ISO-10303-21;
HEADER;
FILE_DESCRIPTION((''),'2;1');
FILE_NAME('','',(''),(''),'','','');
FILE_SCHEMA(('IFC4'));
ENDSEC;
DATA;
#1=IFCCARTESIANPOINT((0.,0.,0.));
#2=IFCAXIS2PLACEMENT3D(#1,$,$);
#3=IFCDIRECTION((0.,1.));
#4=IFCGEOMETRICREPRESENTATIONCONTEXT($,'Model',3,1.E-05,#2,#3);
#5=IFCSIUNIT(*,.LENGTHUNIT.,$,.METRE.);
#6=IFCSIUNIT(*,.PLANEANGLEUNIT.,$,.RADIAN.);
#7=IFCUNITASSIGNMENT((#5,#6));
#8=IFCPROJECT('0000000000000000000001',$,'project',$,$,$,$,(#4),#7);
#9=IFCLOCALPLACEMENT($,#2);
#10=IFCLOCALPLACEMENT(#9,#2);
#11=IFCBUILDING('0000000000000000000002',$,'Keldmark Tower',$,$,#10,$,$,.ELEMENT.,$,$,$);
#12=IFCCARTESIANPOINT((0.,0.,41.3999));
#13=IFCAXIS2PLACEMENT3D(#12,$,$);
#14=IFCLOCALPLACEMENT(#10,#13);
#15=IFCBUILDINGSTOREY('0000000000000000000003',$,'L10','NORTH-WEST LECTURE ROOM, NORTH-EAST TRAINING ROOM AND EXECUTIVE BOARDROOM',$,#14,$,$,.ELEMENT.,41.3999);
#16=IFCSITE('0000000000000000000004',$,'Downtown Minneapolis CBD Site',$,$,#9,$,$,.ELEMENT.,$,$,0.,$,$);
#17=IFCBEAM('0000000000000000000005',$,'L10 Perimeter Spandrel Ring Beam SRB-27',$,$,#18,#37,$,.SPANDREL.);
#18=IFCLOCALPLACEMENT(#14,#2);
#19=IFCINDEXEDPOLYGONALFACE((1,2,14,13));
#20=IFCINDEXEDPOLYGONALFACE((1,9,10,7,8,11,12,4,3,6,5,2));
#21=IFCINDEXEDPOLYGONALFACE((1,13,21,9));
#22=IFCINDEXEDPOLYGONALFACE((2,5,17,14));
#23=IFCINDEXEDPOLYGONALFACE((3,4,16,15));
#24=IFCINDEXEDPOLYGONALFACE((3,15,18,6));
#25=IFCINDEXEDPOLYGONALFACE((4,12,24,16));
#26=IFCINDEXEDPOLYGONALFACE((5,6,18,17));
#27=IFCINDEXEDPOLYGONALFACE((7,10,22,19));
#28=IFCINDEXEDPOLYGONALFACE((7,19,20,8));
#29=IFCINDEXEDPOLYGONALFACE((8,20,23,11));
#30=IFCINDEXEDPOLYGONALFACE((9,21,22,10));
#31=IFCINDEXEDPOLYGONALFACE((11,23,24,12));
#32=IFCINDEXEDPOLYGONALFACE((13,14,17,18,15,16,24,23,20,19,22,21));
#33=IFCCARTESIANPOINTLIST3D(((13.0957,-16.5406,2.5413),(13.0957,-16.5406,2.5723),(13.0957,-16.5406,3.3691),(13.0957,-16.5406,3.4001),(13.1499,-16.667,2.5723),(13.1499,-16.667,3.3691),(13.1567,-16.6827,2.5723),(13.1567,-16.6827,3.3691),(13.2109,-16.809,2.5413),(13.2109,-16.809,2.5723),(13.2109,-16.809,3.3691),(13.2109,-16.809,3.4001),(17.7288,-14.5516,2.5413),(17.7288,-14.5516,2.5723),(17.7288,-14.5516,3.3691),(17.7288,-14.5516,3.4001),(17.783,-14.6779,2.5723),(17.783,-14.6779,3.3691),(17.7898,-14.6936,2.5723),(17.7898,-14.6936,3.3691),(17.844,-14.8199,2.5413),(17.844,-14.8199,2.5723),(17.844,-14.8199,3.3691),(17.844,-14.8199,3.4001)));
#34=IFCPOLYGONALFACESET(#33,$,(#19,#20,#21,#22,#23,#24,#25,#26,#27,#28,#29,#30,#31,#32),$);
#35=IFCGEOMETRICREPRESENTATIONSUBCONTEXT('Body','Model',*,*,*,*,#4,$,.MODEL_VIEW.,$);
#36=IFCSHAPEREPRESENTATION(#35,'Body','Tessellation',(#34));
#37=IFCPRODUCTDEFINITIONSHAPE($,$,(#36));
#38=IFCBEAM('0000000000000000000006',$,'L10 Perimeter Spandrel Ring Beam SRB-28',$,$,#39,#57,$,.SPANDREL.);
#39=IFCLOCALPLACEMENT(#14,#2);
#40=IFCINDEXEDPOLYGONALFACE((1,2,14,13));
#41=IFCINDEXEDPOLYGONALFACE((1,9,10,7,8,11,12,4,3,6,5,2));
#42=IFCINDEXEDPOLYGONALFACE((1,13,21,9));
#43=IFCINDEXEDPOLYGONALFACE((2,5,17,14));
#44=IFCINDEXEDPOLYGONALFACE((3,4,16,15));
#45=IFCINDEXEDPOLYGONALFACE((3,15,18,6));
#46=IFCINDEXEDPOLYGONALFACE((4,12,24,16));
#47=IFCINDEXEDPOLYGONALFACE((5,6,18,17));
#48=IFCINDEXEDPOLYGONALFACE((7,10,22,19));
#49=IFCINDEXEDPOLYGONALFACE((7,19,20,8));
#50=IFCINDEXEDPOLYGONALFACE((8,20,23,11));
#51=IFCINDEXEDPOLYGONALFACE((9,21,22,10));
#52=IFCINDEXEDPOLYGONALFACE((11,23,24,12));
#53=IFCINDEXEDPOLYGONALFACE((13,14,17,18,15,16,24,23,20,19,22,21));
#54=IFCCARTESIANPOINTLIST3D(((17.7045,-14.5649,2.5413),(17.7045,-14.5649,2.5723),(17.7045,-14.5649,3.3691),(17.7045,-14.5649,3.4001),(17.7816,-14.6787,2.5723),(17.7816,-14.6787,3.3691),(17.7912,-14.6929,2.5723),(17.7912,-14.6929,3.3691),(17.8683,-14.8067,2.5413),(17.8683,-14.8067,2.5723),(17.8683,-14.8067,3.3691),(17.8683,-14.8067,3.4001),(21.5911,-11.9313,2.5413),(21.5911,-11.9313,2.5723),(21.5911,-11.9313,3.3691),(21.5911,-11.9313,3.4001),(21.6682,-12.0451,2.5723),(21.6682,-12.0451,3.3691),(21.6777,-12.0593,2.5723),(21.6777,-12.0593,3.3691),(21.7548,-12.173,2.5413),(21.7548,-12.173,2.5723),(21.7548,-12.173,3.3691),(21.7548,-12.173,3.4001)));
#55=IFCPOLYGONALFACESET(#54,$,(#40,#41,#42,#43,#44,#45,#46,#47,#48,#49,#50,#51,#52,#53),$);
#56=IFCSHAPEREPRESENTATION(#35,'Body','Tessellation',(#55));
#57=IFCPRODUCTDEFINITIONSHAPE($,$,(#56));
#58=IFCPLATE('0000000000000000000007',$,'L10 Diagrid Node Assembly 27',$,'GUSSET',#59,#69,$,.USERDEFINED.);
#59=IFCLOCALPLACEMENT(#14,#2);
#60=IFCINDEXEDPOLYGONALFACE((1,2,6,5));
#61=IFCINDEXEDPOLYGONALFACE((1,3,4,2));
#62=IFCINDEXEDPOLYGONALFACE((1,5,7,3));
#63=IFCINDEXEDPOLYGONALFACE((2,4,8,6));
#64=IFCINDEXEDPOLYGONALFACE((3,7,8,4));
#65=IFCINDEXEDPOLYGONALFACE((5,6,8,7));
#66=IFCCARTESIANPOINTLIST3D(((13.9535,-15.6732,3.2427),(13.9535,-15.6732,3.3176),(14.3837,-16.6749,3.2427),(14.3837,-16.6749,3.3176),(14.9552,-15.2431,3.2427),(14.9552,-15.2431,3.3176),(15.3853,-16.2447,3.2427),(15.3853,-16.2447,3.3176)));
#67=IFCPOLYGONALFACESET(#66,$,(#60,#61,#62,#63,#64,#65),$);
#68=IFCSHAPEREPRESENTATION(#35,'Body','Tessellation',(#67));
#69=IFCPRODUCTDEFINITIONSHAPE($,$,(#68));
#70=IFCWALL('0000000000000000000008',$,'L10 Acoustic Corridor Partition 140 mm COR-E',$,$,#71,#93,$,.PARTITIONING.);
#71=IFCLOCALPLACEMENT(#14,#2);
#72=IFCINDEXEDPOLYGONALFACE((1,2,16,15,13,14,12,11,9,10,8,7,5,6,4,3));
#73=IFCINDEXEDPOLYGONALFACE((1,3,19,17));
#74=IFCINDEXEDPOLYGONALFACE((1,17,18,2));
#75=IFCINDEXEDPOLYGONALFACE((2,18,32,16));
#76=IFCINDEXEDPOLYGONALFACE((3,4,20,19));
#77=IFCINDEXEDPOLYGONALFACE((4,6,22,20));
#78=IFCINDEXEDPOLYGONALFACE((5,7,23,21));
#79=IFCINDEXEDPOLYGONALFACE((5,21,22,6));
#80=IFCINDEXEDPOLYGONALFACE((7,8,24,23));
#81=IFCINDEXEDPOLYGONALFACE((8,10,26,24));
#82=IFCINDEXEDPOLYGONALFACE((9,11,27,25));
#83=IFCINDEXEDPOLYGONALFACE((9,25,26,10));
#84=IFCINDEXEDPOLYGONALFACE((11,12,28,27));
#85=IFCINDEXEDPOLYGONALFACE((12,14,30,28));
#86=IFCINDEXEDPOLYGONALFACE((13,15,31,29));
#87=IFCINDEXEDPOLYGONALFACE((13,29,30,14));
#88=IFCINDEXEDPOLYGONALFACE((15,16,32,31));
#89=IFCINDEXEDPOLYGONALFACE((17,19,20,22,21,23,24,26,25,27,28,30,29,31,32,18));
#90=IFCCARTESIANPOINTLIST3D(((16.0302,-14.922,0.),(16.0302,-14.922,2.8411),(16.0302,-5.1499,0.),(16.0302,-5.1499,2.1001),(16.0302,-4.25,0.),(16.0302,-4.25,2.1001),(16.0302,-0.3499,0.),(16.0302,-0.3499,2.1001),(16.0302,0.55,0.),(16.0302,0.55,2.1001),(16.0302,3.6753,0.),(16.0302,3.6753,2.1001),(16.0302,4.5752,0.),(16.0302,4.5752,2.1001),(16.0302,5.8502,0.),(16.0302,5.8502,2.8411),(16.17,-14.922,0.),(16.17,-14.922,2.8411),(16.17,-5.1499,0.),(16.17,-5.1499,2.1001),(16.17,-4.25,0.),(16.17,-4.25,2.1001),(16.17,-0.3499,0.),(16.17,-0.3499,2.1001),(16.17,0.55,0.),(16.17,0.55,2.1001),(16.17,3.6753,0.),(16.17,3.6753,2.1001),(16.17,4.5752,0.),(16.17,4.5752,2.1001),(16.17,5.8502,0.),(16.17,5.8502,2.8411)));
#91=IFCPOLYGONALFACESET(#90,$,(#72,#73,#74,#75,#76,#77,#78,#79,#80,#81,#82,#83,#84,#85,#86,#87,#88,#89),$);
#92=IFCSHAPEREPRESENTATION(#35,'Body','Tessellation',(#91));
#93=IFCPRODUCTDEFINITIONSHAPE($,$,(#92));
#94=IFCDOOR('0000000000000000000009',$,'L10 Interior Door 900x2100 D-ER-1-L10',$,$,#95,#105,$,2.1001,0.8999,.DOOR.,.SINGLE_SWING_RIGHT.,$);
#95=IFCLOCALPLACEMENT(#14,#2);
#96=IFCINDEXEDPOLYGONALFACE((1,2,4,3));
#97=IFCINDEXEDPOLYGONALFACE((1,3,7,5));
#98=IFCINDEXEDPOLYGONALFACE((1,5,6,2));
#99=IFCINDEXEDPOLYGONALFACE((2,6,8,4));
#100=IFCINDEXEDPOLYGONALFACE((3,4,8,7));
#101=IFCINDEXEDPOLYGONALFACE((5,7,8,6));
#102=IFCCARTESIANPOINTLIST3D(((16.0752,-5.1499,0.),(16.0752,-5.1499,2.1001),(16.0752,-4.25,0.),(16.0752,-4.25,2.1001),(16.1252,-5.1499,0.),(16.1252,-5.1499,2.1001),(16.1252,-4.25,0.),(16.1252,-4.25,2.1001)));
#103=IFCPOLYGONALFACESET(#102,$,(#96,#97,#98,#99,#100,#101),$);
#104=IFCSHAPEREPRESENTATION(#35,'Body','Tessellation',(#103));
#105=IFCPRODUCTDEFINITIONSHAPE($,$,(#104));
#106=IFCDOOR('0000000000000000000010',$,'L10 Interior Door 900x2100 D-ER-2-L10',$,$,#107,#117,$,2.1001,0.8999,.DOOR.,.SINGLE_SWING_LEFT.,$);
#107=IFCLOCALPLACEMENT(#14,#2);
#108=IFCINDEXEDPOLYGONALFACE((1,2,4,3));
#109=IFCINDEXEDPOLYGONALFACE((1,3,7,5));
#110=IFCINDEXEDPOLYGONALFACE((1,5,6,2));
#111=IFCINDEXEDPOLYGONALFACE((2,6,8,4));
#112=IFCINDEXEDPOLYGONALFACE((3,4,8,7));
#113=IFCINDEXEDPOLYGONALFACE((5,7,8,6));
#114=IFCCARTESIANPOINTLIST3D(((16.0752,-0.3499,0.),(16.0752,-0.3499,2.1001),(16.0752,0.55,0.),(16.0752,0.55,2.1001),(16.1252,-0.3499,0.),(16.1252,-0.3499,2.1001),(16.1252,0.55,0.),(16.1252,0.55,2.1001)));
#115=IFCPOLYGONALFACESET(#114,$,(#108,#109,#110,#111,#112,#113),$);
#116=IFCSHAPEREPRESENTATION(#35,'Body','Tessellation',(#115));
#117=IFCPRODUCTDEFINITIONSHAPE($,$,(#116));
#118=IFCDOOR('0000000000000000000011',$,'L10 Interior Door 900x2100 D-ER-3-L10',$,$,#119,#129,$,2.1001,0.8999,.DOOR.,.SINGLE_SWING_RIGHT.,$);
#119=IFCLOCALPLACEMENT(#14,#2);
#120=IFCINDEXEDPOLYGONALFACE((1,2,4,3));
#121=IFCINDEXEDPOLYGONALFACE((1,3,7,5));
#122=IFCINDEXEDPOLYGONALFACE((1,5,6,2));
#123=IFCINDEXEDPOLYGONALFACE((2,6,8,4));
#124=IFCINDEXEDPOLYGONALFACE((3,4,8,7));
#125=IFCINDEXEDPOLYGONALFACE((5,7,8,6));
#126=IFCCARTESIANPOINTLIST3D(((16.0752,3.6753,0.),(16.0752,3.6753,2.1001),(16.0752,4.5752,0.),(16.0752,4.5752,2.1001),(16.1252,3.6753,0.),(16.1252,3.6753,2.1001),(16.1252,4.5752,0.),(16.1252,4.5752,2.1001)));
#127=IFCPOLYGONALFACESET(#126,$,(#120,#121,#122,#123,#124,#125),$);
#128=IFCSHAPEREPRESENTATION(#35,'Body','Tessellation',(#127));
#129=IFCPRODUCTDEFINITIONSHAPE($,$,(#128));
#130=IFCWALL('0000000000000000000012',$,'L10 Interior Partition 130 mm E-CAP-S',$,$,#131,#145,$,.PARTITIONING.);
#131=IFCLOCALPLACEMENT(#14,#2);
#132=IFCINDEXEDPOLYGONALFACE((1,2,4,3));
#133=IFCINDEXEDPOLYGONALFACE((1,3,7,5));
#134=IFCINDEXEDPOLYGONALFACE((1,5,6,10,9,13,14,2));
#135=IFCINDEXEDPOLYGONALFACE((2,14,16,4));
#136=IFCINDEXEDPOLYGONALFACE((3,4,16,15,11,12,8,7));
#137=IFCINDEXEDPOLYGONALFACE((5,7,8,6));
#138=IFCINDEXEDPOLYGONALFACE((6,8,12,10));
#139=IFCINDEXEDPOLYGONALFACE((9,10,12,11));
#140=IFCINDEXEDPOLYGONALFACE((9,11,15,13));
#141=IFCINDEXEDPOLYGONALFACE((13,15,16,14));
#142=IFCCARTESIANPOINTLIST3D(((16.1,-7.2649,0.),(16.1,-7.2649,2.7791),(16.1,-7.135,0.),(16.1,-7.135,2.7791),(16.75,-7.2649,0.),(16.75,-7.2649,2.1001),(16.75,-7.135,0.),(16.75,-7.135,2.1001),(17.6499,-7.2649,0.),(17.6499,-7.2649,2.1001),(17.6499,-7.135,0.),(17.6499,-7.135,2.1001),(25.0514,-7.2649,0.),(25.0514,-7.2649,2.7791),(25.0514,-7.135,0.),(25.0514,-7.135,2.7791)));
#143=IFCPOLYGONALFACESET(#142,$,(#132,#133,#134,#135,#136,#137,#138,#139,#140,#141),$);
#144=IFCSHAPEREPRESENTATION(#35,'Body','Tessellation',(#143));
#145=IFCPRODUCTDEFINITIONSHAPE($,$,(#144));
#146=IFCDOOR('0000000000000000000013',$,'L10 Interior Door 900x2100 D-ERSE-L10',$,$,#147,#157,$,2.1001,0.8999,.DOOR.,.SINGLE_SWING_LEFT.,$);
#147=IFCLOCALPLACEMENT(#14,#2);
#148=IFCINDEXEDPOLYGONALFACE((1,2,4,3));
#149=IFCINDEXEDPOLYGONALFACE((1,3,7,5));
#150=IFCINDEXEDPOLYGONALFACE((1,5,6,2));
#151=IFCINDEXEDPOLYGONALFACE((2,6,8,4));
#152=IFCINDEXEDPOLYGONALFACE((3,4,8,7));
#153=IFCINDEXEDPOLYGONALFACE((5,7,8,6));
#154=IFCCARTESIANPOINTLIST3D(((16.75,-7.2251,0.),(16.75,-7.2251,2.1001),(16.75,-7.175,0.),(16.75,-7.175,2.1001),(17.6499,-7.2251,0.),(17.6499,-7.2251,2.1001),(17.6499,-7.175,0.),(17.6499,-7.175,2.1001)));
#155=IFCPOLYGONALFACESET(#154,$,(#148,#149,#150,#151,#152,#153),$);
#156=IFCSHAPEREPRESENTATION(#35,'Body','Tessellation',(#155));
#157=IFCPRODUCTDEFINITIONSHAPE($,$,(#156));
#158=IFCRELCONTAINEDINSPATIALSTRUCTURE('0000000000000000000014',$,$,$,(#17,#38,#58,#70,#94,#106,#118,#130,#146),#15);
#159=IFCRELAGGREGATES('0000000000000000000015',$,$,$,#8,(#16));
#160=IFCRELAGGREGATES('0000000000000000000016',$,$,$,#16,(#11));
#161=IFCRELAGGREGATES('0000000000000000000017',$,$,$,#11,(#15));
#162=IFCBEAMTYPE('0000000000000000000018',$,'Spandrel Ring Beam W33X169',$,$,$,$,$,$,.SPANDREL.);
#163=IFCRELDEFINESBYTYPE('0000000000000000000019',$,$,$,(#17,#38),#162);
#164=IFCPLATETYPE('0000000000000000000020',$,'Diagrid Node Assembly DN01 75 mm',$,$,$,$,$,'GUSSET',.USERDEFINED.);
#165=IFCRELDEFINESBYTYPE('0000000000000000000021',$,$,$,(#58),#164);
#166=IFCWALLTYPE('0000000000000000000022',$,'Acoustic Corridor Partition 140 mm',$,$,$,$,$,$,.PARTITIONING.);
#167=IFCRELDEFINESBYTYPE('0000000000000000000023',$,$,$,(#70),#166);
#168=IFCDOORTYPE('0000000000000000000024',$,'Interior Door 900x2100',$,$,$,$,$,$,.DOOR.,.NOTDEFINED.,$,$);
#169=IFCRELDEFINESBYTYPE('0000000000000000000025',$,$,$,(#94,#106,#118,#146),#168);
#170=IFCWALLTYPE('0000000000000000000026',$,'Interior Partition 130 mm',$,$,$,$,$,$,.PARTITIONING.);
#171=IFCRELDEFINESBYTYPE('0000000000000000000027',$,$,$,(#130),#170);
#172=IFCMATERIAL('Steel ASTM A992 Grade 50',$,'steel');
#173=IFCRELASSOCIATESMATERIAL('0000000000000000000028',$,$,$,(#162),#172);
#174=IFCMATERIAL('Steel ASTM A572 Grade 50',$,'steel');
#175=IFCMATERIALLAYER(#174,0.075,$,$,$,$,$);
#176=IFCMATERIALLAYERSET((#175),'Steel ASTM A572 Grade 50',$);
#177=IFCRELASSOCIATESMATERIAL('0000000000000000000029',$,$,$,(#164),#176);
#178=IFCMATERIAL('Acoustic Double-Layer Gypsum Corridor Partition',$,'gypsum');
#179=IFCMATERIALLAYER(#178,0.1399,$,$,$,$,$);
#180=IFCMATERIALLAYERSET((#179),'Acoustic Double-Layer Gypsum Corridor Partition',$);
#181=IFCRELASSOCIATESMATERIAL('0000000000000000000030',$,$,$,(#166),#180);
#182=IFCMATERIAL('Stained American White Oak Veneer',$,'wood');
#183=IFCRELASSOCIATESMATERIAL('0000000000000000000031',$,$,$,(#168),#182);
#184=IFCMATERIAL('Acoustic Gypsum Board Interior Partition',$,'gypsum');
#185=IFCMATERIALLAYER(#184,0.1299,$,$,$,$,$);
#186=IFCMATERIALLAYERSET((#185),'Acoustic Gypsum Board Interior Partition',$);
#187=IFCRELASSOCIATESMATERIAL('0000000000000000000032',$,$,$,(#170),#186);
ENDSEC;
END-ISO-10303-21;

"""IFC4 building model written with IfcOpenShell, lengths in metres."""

from ifc_helpers import new_model, si_unit, direction, frame, frame_2d, origin, origin_2d, place, context, subcontext, project, spatial, rectangle, i_section, extrude, material, layer, layer_set, material_profile, profile_set, type_object, element, fill, save


model = new_model("IFC4")

# Units and contexts
model_context = context("Model", 3, precision=1e-05, world=origin(), true_north=direction((0.0, 1.0)))
body_context = subcontext(model_context, "Body", "Model", "MODEL_VIEW")
ifc_project = project(units=[si_unit("LENGTHUNIT", "METRE"), si_unit("PLANEANGLEUNIT", "RADIAN")], contexts=[model_context])

# Site, building, storey
site_placement = place(None, origin())
site = spatial("IfcSite", under=ifc_project, at=site_placement, Name="Downtown Minneapolis CBD Site", CompositionType="ELEMENT", RefElevation=0.0)
building_placement = place(site_placement, origin())
building = spatial("IfcBuilding", under=site, at=building_placement, Name="Keldmark Tower", CompositionType="ELEMENT")
storey_placement = place(building_placement, frame((0.0, 0.0, 41.3999)))
storey = spatial("IfcBuildingStorey", under=building, at=storey_placement, Name="L10", Description="NORTH-WEST LECTURE ROOM, NORTH-EAST TRAINING ROOM AND EXECUTIVE BOARDROOM", CompositionType="ELEMENT", Elevation=41.3999)

# Beams
ifc_material_1 = material(Name="Steel ASTM A992 Grade 50", Category="steel")
ifc_material_profile_1 = material_profile(ifc_material_1, i_section(OverallWidth=0.292, OverallDepth=0.8589, WebThickness=0.0171, FlangeThickness=0.031, at=origin_2d()), Name="W33X169")
ifc_profile_set_1 = profile_set([ifc_material_profile_1], Name="Steel ASTM A992 Grade 50")
beam_type_1 = type_object("IfcBeamType", Name="Spandrel Ring Beam W33X169", PredefinedType="SPANDREL", material=ifc_profile_set_1)
beam_1_placement = place(storey_placement, frame((13.1533, -16.6748, 2.9707), z_axis=(0.918899, 0.394492, 0.0), x_axis=(-0.394492, 0.918899, 0.0)))
element("IfcBeam", 1, at=beam_1_placement, inside=storey, type_object=beam_type_1, Name="L10 Perimeter Spandrel Ring Beam SRB-27", PredefinedType="SPANDREL", context=body_context, shape_type="SweptSolid", body=[
    extrude(i_section(OverallWidth=0.292, OverallDepth=0.8589, WebThickness=0.0171, FlangeThickness=0.031, at=origin_2d()), origin(), (0.0, 0.0, 1.0), 5.042),
])
beam_2_placement = place(storey_placement, frame((17.7864, -14.6858, 2.9707), z_axis=(0.827842, 0.560961, 0.0), x_axis=(-0.560961, 0.827842, 0.0)))
element("IfcBeam", 2, at=beam_2_placement, inside=storey, type_object=beam_type_1, Name="L10 Perimeter Spandrel Ring Beam SRB-28", PredefinedType="SPANDREL", context=body_context, shape_type="SweptSolid", body=[
    extrude(i_section(OverallWidth=0.292, OverallDepth=0.8589, WebThickness=0.0171, FlangeThickness=0.031, at=origin_2d()), origin(), (0.0, 0.0, 1.0), 4.6948),
])

# Plate
ifc_material_2 = material(Name="Steel ASTM A572 Grade 50", Category="steel")
ifc_layer_1 = layer(ifc_material_2, 0.075)
ifc_layer_set_1 = layer_set([ifc_layer_1], Name="Steel ASTM A572 Grade 50")
plate_type = type_object("IfcPlateType", Name="Diagrid Node Assembly DN01 75 mm", ElementType="GUSSET", PredefinedType="USERDEFINED", material=ifc_layer_set_1)
plate_placement = place(storey_placement, frame((14.6694, -15.959, 3.2427), z_axis=(0.0, 0.0, 1.0), x_axis=(0.91886, 0.394583, 0.0)))
element("IfcPlate", 3, at=plate_placement, inside=storey, type_object=plate_type, Name="L10 Diagrid Node Assembly 27", ObjectType="GUSSET", PredefinedType="USERDEFINED", context=body_context, shape_type="SweptSolid", body=[
    extrude(rectangle(XDim=1.0901, YDim=1.0901, at=origin_2d()), origin(), (0.0, 0.0, 1.0), 0.075),
])

# Wall, openings, doors
ifc_material_3 = material(Name="Acoustic Double-Layer Gypsum Corridor Partition", Category="gypsum")
ifc_layer_2 = layer(ifc_material_3, 0.1399)
ifc_layer_set_2 = layer_set([ifc_layer_2], Name="Acoustic Double-Layer Gypsum Corridor Partition")
wall_type_1 = type_object("IfcWallType", Name="Acoustic Corridor Partition 140 mm", PredefinedType="PARTITIONING", material=ifc_layer_set_2)
wall_1_placement = place(storey_placement, frame((16.1001, -14.9221, 0.0), z_axis=(0.0, 0.0, 1.0), x_axis=(0.0, 1.0, 0.0)))
wall_1 = element("IfcWall", 4, at=wall_1_placement, inside=storey, type_object=wall_type_1, Name="L10 Acoustic Corridor Partition 140 mm COR-E", PredefinedType="PARTITIONING", context=body_context, shape_type="SweptSolid", body=[
    extrude(rectangle(XDim=20.7722, YDim=0.1399, at=frame_2d((10.3862, 0.0))), origin(), (0.0, 0.0, 1.0), 2.8411),
])
opening_1_placement = place(wall_1_placement, frame((9.7722, 0.0, 0.0)))
opening_1 = element("IfcOpeningElement", 5, at=opening_1_placement, cuts=wall_1, PredefinedType="OPENING", context=body_context, shape_type="SweptSolid", body=[
    extrude(rectangle(XDim=0.8999, YDim=2.1001, at=frame_2d((0.45, 1.05))), frame((0.0, 0.0798, 0.0), z_axis=(0.0, -1.0, 0.0), x_axis=(1.0, 0.0, 0.0)), (0.0, 0.0, 1.0), 0.1599),
])
opening_2_placement = place(wall_1_placement, frame((14.5723, 0.0, 0.0)))
opening_2 = element("IfcOpeningElement", 6, at=opening_2_placement, cuts=wall_1, PredefinedType="OPENING", context=body_context, shape_type="SweptSolid", body=[
    extrude(rectangle(XDim=0.8999, YDim=2.1001, at=frame_2d((0.45, 1.05))), frame((0.0, 0.0798, 0.0), z_axis=(0.0, -1.0, 0.0), x_axis=(1.0, 0.0, 0.0)), (0.0, 0.0, 1.0), 0.1599),
])
opening_3_placement = place(wall_1_placement, frame((18.5974, 0.0, 0.0)))
opening_3 = element("IfcOpeningElement", 7, at=opening_3_placement, cuts=wall_1, PredefinedType="OPENING", context=body_context, shape_type="SweptSolid", body=[
    extrude(rectangle(XDim=0.8999, YDim=2.1001, at=frame_2d((0.45, 1.05))), frame((0.0, 0.0798, 0.0), z_axis=(0.0, -1.0, 0.0), x_axis=(1.0, 0.0, 0.0)), (0.0, 0.0, 1.0), 0.1599),
])
ifc_material_4 = material(Name="Stained American White Oak Veneer", Category="wood")
door_type = type_object("IfcDoorType", Name="Interior Door 900x2100", OperationType="NOTDEFINED", PredefinedType="DOOR", material=ifc_material_4)
door_1_placement = place(opening_1_placement, origin())
door_1 = element("IfcDoor", 8, at=door_1_placement, inside=storey, type_object=door_type, Name="L10 Interior Door 900x2100 D-ER-1-L10", OperationType="SINGLE_SWING_RIGHT", OverallHeight=2.1001, OverallWidth=0.8999, PredefinedType="DOOR", context=body_context, shape_type="SweptSolid", body=[
    extrude(rectangle(XDim=0.8999, YDim=2.1001, at=frame_2d((0.45, 1.05))), frame((0.0, 0.0249, 0.0), z_axis=(0.0, -1.0, 0.0), x_axis=(1.0, 0.0, 0.0)), (0.0, 0.0, 1.0), 0.05),
])
fill(opening_1, door_1)
door_2_placement = place(opening_2_placement, origin())
door_2 = element("IfcDoor", 9, at=door_2_placement, inside=storey, type_object=door_type, Name="L10 Interior Door 900x2100 D-ER-2-L10", OperationType="SINGLE_SWING_LEFT", OverallHeight=2.1001, OverallWidth=0.8999, PredefinedType="DOOR", context=body_context, shape_type="SweptSolid", body=[
    extrude(rectangle(XDim=0.8999, YDim=2.1001, at=frame_2d((0.45, 1.05))), frame((0.0, 0.0249, 0.0), z_axis=(0.0, -1.0, 0.0), x_axis=(1.0, 0.0, 0.0)), (0.0, 0.0, 1.0), 0.05),
])
fill(opening_2, door_2)
door_3_placement = place(opening_3_placement, origin())
door_3 = element("IfcDoor", 10, at=door_3_placement, inside=storey, type_object=door_type, Name="L10 Interior Door 900x2100 D-ER-3-L10", OperationType="SINGLE_SWING_RIGHT", OverallHeight=2.1001, OverallWidth=0.8999, PredefinedType="DOOR", context=body_context, shape_type="SweptSolid", body=[
    extrude(rectangle(XDim=0.8999, YDim=2.1001, at=frame_2d((0.45, 1.05))), frame((0.0, 0.0249, 0.0), z_axis=(0.0, -1.0, 0.0), x_axis=(1.0, 0.0, 0.0)), (0.0, 0.0, 1.0), 0.05),
])
fill(opening_3, door_3)

# Wall, opening, door
ifc_material_5 = material(Name="Acoustic Gypsum Board Interior Partition", Category="gypsum")
ifc_layer_3 = layer(ifc_material_5, 0.1299)
ifc_layer_set_3 = layer_set([ifc_layer_3], Name="Acoustic Gypsum Board Interior Partition")
wall_type_2 = type_object("IfcWallType", Name="Interior Partition 130 mm", PredefinedType="PARTITIONING", material=ifc_layer_set_3)
wall_2_placement = place(storey_placement, frame((16.1001, -7.2, 0.0), z_axis=(0.0, 0.0, 1.0), x_axis=(1.0, 0.0, 0.0)))
wall_2 = element("IfcWall", 11, at=wall_2_placement, inside=storey, type_object=wall_type_2, Name="L10 Interior Partition 130 mm E-CAP-S", PredefinedType="PARTITIONING", context=body_context, shape_type="SweptSolid", body=[
    extrude(rectangle(XDim=8.9514, YDim=0.1299, at=frame_2d((4.4756, 0.0))), origin(), (0.0, 0.0, 1.0), 2.7791),
])
opening_4_placement = place(wall_2_placement, frame((0.6499, 0.0, 0.0)))
opening_4 = element("IfcOpeningElement", 12, at=opening_4_placement, cuts=wall_2, PredefinedType="OPENING", context=body_context, shape_type="SweptSolid", body=[
    extrude(rectangle(XDim=0.8999, YDim=2.1001, at=frame_2d((0.45, 1.05))), frame((0.0, 0.075, 0.0), z_axis=(0.0, -1.0, 0.0), x_axis=(1.0, 0.0, 0.0)), (0.0, 0.0, 1.0), 0.1499),
])
door_4_placement = place(opening_4_placement, origin())
door_4 = element("IfcDoor", 13, at=door_4_placement, inside=storey, type_object=door_type, Name="L10 Interior Door 900x2100 D-ERSE-L10", OperationType="SINGLE_SWING_LEFT", OverallHeight=2.1001, OverallWidth=0.8999, PredefinedType="DOOR", context=body_context, shape_type="SweptSolid", body=[
    extrude(rectangle(XDim=0.8999, YDim=2.1001, at=frame_2d((0.45, 1.05))), frame((0.0, 0.0249, 0.0), z_axis=(0.0, -1.0, 0.0), x_axis=(1.0, 0.0, 0.0)), (0.0, 0.0, 1.0), 0.05),
])
fill(opening_4, door_4)

save(model, "model.ifc")
